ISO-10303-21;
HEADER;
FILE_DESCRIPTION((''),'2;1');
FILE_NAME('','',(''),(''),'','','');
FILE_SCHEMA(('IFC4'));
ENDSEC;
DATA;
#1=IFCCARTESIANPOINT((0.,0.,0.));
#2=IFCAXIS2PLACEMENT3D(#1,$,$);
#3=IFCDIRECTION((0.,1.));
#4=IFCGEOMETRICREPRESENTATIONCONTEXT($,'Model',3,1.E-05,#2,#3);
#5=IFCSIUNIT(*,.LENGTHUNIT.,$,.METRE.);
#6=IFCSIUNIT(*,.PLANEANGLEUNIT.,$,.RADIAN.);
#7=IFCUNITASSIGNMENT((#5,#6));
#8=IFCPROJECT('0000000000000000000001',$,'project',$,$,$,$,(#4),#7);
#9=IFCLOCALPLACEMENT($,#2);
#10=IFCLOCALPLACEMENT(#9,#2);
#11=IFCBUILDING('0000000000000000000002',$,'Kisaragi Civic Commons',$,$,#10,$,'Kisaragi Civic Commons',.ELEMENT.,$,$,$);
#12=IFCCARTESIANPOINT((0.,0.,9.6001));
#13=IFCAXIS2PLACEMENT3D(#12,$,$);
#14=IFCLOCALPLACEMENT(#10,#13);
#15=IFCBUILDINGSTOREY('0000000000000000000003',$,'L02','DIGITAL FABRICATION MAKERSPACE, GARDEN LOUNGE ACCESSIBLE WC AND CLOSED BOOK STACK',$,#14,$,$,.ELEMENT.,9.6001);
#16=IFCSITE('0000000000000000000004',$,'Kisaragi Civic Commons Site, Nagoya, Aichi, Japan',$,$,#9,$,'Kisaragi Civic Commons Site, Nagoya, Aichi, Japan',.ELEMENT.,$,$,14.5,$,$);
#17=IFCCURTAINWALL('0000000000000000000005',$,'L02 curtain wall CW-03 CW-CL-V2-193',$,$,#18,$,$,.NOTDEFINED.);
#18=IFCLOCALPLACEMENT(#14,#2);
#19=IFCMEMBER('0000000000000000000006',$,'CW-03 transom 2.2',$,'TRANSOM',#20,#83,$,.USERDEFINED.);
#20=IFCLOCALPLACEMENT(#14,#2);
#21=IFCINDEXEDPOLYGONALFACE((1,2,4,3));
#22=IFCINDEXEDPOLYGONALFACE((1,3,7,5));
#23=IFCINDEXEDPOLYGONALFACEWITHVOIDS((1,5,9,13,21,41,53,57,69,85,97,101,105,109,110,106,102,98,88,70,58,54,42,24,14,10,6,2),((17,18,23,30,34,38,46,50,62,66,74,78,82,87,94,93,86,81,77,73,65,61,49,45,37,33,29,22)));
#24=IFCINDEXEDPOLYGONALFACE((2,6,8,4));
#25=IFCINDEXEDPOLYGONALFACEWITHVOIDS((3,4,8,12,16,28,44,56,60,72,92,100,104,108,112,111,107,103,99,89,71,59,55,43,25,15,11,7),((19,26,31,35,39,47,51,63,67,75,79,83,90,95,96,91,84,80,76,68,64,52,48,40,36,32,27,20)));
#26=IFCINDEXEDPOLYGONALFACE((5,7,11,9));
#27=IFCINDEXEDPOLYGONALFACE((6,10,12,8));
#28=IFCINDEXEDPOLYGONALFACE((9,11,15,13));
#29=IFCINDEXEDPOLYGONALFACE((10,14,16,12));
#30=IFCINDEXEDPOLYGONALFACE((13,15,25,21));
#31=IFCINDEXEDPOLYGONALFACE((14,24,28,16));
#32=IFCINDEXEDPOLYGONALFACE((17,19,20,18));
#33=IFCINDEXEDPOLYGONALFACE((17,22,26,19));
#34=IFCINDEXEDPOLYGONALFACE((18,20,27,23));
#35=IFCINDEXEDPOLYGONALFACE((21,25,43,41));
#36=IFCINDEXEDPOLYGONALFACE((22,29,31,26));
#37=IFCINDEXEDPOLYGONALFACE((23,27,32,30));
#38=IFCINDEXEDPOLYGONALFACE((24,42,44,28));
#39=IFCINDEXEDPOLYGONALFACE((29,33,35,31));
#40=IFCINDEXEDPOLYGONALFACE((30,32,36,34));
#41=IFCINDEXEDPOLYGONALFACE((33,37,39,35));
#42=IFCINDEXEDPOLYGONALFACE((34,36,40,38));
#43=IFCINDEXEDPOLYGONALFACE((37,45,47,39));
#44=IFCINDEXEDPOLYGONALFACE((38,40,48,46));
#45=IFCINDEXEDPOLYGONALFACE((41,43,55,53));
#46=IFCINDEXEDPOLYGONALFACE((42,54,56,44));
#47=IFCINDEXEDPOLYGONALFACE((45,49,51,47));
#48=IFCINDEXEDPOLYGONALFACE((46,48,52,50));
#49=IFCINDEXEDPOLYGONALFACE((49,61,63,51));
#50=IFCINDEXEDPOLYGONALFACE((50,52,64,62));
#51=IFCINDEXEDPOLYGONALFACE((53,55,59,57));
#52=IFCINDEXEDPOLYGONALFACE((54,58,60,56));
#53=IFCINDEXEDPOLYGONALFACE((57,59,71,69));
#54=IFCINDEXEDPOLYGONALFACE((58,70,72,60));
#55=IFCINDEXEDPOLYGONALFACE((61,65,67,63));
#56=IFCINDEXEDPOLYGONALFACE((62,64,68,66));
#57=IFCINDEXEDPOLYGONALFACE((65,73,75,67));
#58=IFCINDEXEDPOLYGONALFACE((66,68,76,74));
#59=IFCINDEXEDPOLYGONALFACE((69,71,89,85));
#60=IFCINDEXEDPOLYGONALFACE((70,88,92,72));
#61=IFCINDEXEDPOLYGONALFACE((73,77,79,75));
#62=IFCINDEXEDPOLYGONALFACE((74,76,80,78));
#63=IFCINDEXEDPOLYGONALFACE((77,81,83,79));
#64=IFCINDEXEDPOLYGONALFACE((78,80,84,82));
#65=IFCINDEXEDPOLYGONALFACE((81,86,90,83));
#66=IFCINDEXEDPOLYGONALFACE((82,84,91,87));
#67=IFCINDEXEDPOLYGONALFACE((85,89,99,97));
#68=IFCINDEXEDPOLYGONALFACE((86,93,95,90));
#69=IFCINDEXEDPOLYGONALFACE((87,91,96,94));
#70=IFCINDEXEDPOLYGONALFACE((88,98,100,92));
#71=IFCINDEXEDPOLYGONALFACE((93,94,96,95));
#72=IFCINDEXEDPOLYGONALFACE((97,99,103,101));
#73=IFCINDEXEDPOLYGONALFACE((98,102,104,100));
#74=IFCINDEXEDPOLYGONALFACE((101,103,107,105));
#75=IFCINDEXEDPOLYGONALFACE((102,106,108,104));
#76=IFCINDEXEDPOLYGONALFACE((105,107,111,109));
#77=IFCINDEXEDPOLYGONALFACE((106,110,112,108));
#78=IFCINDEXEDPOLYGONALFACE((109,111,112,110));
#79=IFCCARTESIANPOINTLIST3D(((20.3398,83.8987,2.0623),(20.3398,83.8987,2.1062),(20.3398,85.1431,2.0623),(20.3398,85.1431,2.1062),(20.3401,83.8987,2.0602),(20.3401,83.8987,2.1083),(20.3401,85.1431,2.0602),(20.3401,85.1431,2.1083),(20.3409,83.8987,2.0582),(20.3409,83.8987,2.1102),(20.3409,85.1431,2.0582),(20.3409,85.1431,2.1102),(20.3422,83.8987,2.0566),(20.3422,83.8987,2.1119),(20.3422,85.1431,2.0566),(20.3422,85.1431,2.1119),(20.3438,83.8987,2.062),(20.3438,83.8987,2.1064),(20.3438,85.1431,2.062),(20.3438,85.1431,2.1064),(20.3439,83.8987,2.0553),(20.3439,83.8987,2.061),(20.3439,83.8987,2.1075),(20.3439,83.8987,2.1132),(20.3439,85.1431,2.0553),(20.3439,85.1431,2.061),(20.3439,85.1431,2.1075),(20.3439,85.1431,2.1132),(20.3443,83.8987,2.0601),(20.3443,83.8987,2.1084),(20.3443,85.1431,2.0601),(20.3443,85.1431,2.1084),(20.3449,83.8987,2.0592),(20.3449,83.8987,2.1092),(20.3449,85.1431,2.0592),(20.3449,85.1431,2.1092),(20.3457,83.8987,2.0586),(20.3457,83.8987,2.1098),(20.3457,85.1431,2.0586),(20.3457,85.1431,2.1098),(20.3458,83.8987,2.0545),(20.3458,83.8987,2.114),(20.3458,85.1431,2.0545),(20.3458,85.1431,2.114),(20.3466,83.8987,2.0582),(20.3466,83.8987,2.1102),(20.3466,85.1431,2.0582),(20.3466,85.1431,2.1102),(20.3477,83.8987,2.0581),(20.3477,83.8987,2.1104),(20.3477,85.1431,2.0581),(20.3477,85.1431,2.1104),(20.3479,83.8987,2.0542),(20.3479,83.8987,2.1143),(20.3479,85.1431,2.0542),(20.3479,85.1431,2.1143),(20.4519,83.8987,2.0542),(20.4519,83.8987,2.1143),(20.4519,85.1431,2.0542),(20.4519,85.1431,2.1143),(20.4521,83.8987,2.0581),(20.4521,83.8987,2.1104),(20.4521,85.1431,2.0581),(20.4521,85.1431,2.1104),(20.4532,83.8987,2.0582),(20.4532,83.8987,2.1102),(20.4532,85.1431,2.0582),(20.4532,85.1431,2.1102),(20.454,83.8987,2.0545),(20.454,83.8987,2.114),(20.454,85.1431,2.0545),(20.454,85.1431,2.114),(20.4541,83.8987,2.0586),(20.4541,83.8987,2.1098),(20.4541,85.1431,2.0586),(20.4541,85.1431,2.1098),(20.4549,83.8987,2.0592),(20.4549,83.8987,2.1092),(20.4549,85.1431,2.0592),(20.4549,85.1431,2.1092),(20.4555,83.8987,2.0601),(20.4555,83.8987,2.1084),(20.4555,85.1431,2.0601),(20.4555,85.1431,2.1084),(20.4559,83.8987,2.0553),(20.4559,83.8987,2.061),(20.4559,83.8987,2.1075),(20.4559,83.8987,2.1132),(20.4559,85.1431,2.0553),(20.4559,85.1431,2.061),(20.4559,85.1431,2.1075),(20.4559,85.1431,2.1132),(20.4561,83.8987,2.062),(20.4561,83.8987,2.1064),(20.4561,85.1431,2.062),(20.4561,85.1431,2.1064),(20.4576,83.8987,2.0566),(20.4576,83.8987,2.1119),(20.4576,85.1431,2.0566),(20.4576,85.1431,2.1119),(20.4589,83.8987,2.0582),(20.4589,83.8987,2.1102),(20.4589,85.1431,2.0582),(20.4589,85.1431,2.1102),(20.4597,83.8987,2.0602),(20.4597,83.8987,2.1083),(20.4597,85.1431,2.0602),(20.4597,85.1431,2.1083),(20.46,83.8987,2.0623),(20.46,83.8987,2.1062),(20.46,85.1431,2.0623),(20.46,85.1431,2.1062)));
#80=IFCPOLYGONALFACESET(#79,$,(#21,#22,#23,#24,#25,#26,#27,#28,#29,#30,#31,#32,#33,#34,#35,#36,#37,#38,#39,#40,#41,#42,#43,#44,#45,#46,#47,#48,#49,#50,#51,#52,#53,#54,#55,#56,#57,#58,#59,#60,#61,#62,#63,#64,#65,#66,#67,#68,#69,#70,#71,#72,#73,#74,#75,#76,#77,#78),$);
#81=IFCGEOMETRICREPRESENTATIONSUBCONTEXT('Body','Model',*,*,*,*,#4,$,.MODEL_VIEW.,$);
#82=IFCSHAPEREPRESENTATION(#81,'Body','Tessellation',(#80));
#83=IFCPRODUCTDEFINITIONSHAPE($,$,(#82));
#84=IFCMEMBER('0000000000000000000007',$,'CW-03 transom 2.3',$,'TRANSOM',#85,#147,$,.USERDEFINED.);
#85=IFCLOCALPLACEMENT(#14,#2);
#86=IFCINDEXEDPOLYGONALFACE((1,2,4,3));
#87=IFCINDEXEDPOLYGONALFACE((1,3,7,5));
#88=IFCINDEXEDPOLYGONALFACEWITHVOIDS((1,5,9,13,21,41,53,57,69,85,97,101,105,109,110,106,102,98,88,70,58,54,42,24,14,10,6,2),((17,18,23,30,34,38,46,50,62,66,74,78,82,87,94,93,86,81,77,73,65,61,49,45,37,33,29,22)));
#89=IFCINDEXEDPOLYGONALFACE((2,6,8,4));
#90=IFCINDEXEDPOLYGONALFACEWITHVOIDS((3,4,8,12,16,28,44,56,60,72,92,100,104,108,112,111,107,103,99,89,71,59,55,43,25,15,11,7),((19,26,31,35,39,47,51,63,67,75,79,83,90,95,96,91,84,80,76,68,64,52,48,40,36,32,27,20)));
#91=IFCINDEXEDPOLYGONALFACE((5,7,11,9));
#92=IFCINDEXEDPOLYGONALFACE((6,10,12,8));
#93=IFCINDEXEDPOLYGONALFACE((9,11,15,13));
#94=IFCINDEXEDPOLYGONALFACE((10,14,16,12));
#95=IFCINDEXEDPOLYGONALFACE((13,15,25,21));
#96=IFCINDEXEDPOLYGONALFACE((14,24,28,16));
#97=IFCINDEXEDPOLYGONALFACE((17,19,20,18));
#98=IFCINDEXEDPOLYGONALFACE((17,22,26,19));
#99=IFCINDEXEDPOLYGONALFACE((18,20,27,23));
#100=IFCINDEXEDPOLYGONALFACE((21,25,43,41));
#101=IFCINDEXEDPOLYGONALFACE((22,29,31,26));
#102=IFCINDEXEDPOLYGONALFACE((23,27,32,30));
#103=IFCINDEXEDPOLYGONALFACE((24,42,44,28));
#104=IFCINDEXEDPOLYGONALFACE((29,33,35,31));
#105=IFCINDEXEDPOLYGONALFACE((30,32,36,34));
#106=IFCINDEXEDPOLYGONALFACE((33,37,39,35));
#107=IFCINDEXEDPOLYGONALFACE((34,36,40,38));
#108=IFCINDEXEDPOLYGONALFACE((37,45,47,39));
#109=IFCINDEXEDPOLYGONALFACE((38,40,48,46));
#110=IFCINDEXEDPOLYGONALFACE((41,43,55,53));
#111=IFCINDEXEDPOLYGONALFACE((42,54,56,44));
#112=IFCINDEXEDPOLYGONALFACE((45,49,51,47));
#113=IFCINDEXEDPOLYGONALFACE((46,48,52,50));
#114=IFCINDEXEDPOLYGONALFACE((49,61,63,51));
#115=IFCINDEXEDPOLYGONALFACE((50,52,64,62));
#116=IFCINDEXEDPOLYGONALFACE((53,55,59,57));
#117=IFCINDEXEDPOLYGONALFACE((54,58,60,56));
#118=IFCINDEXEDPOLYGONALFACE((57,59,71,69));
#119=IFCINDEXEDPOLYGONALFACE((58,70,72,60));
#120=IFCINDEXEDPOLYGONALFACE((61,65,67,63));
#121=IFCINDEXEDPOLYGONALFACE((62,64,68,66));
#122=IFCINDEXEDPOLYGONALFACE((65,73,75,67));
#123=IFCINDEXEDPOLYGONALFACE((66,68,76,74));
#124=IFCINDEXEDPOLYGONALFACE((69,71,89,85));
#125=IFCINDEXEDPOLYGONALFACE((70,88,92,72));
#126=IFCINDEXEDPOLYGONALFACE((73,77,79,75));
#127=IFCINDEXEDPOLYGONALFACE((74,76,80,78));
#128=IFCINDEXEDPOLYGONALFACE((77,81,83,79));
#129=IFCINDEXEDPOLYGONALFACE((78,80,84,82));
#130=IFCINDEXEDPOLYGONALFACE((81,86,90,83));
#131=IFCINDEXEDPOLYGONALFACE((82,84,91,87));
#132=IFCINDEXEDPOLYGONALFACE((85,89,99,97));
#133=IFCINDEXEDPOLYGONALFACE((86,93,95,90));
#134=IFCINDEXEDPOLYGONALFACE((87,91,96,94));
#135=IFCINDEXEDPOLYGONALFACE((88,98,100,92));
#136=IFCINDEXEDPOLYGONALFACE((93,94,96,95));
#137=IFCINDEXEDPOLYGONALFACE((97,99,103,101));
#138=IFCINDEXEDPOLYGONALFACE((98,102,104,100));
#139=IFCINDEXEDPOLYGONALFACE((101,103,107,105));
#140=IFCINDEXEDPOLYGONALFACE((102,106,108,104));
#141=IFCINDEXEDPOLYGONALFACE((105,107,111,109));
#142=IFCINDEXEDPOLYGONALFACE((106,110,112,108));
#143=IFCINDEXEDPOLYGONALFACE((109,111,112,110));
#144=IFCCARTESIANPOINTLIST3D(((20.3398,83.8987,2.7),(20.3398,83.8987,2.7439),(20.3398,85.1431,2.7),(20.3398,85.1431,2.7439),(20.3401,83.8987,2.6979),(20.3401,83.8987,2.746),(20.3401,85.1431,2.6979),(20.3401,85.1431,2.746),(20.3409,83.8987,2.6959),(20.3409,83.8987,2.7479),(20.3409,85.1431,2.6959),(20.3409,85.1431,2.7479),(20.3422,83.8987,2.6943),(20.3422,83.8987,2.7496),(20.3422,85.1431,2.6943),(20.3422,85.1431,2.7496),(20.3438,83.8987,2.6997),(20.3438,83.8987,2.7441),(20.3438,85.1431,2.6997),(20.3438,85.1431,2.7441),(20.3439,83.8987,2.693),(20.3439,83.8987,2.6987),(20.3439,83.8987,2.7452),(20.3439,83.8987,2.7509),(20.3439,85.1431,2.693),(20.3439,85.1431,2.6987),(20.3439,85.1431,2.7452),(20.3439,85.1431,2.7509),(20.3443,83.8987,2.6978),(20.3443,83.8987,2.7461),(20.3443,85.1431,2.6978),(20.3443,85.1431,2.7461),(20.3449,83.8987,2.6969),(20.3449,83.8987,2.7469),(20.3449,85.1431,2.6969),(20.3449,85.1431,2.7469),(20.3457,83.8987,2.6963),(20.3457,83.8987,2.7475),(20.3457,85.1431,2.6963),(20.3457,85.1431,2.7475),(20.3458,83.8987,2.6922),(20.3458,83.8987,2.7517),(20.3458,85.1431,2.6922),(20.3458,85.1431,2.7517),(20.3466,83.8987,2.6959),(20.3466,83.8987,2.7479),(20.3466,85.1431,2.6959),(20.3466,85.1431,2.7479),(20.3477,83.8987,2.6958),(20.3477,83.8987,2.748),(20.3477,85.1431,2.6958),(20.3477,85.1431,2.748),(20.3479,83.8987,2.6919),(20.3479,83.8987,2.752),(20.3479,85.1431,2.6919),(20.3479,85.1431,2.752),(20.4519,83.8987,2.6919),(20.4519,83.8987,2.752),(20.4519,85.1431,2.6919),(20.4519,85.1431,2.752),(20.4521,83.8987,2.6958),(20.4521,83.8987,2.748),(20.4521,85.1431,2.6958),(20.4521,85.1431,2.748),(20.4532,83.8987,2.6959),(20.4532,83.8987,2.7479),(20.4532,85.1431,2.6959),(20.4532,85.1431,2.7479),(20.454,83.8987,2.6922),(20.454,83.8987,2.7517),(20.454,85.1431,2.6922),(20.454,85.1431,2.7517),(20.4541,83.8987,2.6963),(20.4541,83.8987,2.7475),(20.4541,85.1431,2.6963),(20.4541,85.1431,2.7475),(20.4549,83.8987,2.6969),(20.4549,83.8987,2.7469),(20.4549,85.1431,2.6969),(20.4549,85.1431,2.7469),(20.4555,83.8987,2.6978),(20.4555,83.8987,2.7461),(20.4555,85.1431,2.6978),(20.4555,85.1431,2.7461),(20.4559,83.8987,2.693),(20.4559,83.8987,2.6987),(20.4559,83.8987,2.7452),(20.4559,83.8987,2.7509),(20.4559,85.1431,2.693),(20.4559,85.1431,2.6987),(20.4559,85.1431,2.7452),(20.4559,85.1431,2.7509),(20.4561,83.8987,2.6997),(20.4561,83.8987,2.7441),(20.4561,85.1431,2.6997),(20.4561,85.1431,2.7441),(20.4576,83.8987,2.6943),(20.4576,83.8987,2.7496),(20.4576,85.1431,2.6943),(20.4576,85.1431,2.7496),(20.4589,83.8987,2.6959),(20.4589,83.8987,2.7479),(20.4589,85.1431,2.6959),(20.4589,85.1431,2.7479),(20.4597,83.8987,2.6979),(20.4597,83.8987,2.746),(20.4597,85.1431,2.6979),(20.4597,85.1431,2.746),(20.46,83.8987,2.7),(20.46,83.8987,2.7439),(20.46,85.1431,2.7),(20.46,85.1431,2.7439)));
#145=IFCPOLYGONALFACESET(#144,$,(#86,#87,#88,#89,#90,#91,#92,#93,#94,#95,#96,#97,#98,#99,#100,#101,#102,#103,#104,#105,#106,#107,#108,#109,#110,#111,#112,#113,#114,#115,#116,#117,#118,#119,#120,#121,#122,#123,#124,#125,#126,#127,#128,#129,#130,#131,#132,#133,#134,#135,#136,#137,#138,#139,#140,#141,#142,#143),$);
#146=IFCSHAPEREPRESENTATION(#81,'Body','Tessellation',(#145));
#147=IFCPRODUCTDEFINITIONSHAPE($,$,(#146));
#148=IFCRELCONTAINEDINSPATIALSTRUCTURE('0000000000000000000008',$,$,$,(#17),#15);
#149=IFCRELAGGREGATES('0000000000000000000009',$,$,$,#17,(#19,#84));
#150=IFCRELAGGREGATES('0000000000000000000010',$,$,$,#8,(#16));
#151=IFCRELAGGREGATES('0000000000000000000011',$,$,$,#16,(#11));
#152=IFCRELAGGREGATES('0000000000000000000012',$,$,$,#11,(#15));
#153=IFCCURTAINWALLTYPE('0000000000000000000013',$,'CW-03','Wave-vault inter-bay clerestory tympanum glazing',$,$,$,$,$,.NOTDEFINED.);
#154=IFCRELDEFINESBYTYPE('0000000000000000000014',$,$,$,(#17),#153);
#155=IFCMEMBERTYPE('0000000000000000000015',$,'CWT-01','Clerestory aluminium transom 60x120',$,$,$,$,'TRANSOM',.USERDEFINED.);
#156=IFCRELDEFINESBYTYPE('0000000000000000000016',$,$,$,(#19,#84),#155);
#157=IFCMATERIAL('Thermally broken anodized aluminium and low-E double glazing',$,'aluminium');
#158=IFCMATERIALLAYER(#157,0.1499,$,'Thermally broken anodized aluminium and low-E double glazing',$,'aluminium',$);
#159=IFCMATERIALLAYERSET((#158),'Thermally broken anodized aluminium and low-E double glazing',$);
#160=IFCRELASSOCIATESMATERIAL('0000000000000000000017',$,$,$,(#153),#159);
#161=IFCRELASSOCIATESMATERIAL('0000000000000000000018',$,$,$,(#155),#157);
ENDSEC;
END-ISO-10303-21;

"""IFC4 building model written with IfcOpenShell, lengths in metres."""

from ifc_helpers import new_model, si_unit, direction, frame, origin, origin_2d, place, context, subcontext, project, spatial, hollow_rectangle, extrude, material, layer, layer_set, material_profile, profile_set, type_object, element, aggregate, save


model = new_model("IFC4")

# Units and contexts
model_context = context("Model", 3, precision=1e-05, world=origin(), true_north=direction((0.0, 1.0)))
body_context = subcontext(model_context, "Body", "Model", "MODEL_VIEW")
ifc_project = project(units=[si_unit("LENGTHUNIT", "METRE"), si_unit("PLANEANGLEUNIT", "RADIAN")], contexts=[model_context])

# Site, building, storey
site_placement = place(None, origin())
site = spatial("IfcSite", under=ifc_project, at=site_placement, Name="Kisaragi Civic Commons Site, Nagoya, Aichi, Japan", LongName="Kisaragi Civic Commons Site, Nagoya, Aichi, Japan", CompositionType="ELEMENT", RefElevation=14.5)
building_placement = place(site_placement, origin())
building = spatial("IfcBuilding", under=site, at=building_placement, Name="Kisaragi Civic Commons", LongName="Kisaragi Civic Commons", CompositionType="ELEMENT")
storey_placement = place(building_placement, frame((0.0, 0.0, 9.6001)))
storey = spatial("IfcBuildingStorey", under=building, at=storey_placement, Name="L02", Description="DIGITAL FABRICATION MAKERSPACE, GARDEN LOUNGE ACCESSIBLE WC AND CLOSED BOOK STACK", CompositionType="ELEMENT", Elevation=9.6001)

# Curtain wall
ifc_material_1 = material(Name="Thermally broken anodized aluminium and low-E double glazing", Category="aluminium")
ifc_layer_1 = layer(ifc_material_1, 0.1499, Name="Thermally broken anodized aluminium and low-E double glazing", Category="aluminium")
ifc_layer_set_1 = layer_set([ifc_layer_1], Name="Thermally broken anodized aluminium and low-E double glazing")
curtain_wall_type = type_object("IfcCurtainWallType", Name="CW-03", Description="Wave-vault inter-bay clerestory tympanum glazing", PredefinedType="NOTDEFINED", material=ifc_layer_set_1)
curtain_wall_1_placement = place(storey_placement, origin())
curtain_wall_1 = element("IfcCurtainWall", 1, at=curtain_wall_1_placement, inside=storey, type_object=curtain_wall_type, Name="L02 curtain wall CW-03 CW-CL-V2-193", PredefinedType="NOTDEFINED")

# Members
ifc_material_profile_1 = material_profile(ifc_material_1, hollow_rectangle(XDim=0.1201, YDim=0.0601, WallThickness=0.0039, InnerFilletRadius=0.0039, OuterFilletRadius=0.0081, at=origin_2d()), Name="CWT-60x120x4", Category="aluminium")
ifc_profile_set_1 = profile_set([ifc_material_profile_1], Name="Thermally broken anodized aluminium and low-E double glazing")
member_type_1 = type_object("IfcMemberType", Name="CWT-01", Description="Clerestory aluminium transom 60x120", ElementType="TRANSOM", PredefinedType="USERDEFINED", material=ifc_profile_set_1)
member_1_placement = place(storey_placement, frame((20.3999, 83.8987, 2.0842), z_axis=(0.0, 1.0, 0.0), x_axis=(-1.0, 0.0, 0.0)))
member_1 = element("IfcMember", 2, at=member_1_placement, type_object=member_type_1, Name="CW-03 transom 2.2", ObjectType="TRANSOM", PredefinedType="USERDEFINED", context=body_context, shape_type="SweptSolid", body=[
    extrude(hollow_rectangle(XDim=0.1201, YDim=0.0601, WallThickness=0.0039, InnerFilletRadius=0.0039, OuterFilletRadius=0.0081, at=origin_2d()), origin(), (0.0, 0.0, 1.0), 1.2444),
])
member_2_placement = place(storey_placement, frame((20.3999, 83.8987, 2.7219), z_axis=(0.0, 1.0, 0.0), x_axis=(-1.0, 0.0, 0.0)))
member_2 = element("IfcMember", 3, at=member_2_placement, type_object=member_type_1, Name="CW-03 transom 2.3", ObjectType="TRANSOM", PredefinedType="USERDEFINED", context=body_context, shape_type="SweptSolid", body=[
    extrude(hollow_rectangle(XDim=0.1201, YDim=0.0601, WallThickness=0.0039, InnerFilletRadius=0.0039, OuterFilletRadius=0.0081, at=origin_2d()), origin(), (0.0, 0.0, 1.0), 1.2444),
])

aggregate(curtain_wall_1, [member_1, member_2])

save(model, "model.ifc")
